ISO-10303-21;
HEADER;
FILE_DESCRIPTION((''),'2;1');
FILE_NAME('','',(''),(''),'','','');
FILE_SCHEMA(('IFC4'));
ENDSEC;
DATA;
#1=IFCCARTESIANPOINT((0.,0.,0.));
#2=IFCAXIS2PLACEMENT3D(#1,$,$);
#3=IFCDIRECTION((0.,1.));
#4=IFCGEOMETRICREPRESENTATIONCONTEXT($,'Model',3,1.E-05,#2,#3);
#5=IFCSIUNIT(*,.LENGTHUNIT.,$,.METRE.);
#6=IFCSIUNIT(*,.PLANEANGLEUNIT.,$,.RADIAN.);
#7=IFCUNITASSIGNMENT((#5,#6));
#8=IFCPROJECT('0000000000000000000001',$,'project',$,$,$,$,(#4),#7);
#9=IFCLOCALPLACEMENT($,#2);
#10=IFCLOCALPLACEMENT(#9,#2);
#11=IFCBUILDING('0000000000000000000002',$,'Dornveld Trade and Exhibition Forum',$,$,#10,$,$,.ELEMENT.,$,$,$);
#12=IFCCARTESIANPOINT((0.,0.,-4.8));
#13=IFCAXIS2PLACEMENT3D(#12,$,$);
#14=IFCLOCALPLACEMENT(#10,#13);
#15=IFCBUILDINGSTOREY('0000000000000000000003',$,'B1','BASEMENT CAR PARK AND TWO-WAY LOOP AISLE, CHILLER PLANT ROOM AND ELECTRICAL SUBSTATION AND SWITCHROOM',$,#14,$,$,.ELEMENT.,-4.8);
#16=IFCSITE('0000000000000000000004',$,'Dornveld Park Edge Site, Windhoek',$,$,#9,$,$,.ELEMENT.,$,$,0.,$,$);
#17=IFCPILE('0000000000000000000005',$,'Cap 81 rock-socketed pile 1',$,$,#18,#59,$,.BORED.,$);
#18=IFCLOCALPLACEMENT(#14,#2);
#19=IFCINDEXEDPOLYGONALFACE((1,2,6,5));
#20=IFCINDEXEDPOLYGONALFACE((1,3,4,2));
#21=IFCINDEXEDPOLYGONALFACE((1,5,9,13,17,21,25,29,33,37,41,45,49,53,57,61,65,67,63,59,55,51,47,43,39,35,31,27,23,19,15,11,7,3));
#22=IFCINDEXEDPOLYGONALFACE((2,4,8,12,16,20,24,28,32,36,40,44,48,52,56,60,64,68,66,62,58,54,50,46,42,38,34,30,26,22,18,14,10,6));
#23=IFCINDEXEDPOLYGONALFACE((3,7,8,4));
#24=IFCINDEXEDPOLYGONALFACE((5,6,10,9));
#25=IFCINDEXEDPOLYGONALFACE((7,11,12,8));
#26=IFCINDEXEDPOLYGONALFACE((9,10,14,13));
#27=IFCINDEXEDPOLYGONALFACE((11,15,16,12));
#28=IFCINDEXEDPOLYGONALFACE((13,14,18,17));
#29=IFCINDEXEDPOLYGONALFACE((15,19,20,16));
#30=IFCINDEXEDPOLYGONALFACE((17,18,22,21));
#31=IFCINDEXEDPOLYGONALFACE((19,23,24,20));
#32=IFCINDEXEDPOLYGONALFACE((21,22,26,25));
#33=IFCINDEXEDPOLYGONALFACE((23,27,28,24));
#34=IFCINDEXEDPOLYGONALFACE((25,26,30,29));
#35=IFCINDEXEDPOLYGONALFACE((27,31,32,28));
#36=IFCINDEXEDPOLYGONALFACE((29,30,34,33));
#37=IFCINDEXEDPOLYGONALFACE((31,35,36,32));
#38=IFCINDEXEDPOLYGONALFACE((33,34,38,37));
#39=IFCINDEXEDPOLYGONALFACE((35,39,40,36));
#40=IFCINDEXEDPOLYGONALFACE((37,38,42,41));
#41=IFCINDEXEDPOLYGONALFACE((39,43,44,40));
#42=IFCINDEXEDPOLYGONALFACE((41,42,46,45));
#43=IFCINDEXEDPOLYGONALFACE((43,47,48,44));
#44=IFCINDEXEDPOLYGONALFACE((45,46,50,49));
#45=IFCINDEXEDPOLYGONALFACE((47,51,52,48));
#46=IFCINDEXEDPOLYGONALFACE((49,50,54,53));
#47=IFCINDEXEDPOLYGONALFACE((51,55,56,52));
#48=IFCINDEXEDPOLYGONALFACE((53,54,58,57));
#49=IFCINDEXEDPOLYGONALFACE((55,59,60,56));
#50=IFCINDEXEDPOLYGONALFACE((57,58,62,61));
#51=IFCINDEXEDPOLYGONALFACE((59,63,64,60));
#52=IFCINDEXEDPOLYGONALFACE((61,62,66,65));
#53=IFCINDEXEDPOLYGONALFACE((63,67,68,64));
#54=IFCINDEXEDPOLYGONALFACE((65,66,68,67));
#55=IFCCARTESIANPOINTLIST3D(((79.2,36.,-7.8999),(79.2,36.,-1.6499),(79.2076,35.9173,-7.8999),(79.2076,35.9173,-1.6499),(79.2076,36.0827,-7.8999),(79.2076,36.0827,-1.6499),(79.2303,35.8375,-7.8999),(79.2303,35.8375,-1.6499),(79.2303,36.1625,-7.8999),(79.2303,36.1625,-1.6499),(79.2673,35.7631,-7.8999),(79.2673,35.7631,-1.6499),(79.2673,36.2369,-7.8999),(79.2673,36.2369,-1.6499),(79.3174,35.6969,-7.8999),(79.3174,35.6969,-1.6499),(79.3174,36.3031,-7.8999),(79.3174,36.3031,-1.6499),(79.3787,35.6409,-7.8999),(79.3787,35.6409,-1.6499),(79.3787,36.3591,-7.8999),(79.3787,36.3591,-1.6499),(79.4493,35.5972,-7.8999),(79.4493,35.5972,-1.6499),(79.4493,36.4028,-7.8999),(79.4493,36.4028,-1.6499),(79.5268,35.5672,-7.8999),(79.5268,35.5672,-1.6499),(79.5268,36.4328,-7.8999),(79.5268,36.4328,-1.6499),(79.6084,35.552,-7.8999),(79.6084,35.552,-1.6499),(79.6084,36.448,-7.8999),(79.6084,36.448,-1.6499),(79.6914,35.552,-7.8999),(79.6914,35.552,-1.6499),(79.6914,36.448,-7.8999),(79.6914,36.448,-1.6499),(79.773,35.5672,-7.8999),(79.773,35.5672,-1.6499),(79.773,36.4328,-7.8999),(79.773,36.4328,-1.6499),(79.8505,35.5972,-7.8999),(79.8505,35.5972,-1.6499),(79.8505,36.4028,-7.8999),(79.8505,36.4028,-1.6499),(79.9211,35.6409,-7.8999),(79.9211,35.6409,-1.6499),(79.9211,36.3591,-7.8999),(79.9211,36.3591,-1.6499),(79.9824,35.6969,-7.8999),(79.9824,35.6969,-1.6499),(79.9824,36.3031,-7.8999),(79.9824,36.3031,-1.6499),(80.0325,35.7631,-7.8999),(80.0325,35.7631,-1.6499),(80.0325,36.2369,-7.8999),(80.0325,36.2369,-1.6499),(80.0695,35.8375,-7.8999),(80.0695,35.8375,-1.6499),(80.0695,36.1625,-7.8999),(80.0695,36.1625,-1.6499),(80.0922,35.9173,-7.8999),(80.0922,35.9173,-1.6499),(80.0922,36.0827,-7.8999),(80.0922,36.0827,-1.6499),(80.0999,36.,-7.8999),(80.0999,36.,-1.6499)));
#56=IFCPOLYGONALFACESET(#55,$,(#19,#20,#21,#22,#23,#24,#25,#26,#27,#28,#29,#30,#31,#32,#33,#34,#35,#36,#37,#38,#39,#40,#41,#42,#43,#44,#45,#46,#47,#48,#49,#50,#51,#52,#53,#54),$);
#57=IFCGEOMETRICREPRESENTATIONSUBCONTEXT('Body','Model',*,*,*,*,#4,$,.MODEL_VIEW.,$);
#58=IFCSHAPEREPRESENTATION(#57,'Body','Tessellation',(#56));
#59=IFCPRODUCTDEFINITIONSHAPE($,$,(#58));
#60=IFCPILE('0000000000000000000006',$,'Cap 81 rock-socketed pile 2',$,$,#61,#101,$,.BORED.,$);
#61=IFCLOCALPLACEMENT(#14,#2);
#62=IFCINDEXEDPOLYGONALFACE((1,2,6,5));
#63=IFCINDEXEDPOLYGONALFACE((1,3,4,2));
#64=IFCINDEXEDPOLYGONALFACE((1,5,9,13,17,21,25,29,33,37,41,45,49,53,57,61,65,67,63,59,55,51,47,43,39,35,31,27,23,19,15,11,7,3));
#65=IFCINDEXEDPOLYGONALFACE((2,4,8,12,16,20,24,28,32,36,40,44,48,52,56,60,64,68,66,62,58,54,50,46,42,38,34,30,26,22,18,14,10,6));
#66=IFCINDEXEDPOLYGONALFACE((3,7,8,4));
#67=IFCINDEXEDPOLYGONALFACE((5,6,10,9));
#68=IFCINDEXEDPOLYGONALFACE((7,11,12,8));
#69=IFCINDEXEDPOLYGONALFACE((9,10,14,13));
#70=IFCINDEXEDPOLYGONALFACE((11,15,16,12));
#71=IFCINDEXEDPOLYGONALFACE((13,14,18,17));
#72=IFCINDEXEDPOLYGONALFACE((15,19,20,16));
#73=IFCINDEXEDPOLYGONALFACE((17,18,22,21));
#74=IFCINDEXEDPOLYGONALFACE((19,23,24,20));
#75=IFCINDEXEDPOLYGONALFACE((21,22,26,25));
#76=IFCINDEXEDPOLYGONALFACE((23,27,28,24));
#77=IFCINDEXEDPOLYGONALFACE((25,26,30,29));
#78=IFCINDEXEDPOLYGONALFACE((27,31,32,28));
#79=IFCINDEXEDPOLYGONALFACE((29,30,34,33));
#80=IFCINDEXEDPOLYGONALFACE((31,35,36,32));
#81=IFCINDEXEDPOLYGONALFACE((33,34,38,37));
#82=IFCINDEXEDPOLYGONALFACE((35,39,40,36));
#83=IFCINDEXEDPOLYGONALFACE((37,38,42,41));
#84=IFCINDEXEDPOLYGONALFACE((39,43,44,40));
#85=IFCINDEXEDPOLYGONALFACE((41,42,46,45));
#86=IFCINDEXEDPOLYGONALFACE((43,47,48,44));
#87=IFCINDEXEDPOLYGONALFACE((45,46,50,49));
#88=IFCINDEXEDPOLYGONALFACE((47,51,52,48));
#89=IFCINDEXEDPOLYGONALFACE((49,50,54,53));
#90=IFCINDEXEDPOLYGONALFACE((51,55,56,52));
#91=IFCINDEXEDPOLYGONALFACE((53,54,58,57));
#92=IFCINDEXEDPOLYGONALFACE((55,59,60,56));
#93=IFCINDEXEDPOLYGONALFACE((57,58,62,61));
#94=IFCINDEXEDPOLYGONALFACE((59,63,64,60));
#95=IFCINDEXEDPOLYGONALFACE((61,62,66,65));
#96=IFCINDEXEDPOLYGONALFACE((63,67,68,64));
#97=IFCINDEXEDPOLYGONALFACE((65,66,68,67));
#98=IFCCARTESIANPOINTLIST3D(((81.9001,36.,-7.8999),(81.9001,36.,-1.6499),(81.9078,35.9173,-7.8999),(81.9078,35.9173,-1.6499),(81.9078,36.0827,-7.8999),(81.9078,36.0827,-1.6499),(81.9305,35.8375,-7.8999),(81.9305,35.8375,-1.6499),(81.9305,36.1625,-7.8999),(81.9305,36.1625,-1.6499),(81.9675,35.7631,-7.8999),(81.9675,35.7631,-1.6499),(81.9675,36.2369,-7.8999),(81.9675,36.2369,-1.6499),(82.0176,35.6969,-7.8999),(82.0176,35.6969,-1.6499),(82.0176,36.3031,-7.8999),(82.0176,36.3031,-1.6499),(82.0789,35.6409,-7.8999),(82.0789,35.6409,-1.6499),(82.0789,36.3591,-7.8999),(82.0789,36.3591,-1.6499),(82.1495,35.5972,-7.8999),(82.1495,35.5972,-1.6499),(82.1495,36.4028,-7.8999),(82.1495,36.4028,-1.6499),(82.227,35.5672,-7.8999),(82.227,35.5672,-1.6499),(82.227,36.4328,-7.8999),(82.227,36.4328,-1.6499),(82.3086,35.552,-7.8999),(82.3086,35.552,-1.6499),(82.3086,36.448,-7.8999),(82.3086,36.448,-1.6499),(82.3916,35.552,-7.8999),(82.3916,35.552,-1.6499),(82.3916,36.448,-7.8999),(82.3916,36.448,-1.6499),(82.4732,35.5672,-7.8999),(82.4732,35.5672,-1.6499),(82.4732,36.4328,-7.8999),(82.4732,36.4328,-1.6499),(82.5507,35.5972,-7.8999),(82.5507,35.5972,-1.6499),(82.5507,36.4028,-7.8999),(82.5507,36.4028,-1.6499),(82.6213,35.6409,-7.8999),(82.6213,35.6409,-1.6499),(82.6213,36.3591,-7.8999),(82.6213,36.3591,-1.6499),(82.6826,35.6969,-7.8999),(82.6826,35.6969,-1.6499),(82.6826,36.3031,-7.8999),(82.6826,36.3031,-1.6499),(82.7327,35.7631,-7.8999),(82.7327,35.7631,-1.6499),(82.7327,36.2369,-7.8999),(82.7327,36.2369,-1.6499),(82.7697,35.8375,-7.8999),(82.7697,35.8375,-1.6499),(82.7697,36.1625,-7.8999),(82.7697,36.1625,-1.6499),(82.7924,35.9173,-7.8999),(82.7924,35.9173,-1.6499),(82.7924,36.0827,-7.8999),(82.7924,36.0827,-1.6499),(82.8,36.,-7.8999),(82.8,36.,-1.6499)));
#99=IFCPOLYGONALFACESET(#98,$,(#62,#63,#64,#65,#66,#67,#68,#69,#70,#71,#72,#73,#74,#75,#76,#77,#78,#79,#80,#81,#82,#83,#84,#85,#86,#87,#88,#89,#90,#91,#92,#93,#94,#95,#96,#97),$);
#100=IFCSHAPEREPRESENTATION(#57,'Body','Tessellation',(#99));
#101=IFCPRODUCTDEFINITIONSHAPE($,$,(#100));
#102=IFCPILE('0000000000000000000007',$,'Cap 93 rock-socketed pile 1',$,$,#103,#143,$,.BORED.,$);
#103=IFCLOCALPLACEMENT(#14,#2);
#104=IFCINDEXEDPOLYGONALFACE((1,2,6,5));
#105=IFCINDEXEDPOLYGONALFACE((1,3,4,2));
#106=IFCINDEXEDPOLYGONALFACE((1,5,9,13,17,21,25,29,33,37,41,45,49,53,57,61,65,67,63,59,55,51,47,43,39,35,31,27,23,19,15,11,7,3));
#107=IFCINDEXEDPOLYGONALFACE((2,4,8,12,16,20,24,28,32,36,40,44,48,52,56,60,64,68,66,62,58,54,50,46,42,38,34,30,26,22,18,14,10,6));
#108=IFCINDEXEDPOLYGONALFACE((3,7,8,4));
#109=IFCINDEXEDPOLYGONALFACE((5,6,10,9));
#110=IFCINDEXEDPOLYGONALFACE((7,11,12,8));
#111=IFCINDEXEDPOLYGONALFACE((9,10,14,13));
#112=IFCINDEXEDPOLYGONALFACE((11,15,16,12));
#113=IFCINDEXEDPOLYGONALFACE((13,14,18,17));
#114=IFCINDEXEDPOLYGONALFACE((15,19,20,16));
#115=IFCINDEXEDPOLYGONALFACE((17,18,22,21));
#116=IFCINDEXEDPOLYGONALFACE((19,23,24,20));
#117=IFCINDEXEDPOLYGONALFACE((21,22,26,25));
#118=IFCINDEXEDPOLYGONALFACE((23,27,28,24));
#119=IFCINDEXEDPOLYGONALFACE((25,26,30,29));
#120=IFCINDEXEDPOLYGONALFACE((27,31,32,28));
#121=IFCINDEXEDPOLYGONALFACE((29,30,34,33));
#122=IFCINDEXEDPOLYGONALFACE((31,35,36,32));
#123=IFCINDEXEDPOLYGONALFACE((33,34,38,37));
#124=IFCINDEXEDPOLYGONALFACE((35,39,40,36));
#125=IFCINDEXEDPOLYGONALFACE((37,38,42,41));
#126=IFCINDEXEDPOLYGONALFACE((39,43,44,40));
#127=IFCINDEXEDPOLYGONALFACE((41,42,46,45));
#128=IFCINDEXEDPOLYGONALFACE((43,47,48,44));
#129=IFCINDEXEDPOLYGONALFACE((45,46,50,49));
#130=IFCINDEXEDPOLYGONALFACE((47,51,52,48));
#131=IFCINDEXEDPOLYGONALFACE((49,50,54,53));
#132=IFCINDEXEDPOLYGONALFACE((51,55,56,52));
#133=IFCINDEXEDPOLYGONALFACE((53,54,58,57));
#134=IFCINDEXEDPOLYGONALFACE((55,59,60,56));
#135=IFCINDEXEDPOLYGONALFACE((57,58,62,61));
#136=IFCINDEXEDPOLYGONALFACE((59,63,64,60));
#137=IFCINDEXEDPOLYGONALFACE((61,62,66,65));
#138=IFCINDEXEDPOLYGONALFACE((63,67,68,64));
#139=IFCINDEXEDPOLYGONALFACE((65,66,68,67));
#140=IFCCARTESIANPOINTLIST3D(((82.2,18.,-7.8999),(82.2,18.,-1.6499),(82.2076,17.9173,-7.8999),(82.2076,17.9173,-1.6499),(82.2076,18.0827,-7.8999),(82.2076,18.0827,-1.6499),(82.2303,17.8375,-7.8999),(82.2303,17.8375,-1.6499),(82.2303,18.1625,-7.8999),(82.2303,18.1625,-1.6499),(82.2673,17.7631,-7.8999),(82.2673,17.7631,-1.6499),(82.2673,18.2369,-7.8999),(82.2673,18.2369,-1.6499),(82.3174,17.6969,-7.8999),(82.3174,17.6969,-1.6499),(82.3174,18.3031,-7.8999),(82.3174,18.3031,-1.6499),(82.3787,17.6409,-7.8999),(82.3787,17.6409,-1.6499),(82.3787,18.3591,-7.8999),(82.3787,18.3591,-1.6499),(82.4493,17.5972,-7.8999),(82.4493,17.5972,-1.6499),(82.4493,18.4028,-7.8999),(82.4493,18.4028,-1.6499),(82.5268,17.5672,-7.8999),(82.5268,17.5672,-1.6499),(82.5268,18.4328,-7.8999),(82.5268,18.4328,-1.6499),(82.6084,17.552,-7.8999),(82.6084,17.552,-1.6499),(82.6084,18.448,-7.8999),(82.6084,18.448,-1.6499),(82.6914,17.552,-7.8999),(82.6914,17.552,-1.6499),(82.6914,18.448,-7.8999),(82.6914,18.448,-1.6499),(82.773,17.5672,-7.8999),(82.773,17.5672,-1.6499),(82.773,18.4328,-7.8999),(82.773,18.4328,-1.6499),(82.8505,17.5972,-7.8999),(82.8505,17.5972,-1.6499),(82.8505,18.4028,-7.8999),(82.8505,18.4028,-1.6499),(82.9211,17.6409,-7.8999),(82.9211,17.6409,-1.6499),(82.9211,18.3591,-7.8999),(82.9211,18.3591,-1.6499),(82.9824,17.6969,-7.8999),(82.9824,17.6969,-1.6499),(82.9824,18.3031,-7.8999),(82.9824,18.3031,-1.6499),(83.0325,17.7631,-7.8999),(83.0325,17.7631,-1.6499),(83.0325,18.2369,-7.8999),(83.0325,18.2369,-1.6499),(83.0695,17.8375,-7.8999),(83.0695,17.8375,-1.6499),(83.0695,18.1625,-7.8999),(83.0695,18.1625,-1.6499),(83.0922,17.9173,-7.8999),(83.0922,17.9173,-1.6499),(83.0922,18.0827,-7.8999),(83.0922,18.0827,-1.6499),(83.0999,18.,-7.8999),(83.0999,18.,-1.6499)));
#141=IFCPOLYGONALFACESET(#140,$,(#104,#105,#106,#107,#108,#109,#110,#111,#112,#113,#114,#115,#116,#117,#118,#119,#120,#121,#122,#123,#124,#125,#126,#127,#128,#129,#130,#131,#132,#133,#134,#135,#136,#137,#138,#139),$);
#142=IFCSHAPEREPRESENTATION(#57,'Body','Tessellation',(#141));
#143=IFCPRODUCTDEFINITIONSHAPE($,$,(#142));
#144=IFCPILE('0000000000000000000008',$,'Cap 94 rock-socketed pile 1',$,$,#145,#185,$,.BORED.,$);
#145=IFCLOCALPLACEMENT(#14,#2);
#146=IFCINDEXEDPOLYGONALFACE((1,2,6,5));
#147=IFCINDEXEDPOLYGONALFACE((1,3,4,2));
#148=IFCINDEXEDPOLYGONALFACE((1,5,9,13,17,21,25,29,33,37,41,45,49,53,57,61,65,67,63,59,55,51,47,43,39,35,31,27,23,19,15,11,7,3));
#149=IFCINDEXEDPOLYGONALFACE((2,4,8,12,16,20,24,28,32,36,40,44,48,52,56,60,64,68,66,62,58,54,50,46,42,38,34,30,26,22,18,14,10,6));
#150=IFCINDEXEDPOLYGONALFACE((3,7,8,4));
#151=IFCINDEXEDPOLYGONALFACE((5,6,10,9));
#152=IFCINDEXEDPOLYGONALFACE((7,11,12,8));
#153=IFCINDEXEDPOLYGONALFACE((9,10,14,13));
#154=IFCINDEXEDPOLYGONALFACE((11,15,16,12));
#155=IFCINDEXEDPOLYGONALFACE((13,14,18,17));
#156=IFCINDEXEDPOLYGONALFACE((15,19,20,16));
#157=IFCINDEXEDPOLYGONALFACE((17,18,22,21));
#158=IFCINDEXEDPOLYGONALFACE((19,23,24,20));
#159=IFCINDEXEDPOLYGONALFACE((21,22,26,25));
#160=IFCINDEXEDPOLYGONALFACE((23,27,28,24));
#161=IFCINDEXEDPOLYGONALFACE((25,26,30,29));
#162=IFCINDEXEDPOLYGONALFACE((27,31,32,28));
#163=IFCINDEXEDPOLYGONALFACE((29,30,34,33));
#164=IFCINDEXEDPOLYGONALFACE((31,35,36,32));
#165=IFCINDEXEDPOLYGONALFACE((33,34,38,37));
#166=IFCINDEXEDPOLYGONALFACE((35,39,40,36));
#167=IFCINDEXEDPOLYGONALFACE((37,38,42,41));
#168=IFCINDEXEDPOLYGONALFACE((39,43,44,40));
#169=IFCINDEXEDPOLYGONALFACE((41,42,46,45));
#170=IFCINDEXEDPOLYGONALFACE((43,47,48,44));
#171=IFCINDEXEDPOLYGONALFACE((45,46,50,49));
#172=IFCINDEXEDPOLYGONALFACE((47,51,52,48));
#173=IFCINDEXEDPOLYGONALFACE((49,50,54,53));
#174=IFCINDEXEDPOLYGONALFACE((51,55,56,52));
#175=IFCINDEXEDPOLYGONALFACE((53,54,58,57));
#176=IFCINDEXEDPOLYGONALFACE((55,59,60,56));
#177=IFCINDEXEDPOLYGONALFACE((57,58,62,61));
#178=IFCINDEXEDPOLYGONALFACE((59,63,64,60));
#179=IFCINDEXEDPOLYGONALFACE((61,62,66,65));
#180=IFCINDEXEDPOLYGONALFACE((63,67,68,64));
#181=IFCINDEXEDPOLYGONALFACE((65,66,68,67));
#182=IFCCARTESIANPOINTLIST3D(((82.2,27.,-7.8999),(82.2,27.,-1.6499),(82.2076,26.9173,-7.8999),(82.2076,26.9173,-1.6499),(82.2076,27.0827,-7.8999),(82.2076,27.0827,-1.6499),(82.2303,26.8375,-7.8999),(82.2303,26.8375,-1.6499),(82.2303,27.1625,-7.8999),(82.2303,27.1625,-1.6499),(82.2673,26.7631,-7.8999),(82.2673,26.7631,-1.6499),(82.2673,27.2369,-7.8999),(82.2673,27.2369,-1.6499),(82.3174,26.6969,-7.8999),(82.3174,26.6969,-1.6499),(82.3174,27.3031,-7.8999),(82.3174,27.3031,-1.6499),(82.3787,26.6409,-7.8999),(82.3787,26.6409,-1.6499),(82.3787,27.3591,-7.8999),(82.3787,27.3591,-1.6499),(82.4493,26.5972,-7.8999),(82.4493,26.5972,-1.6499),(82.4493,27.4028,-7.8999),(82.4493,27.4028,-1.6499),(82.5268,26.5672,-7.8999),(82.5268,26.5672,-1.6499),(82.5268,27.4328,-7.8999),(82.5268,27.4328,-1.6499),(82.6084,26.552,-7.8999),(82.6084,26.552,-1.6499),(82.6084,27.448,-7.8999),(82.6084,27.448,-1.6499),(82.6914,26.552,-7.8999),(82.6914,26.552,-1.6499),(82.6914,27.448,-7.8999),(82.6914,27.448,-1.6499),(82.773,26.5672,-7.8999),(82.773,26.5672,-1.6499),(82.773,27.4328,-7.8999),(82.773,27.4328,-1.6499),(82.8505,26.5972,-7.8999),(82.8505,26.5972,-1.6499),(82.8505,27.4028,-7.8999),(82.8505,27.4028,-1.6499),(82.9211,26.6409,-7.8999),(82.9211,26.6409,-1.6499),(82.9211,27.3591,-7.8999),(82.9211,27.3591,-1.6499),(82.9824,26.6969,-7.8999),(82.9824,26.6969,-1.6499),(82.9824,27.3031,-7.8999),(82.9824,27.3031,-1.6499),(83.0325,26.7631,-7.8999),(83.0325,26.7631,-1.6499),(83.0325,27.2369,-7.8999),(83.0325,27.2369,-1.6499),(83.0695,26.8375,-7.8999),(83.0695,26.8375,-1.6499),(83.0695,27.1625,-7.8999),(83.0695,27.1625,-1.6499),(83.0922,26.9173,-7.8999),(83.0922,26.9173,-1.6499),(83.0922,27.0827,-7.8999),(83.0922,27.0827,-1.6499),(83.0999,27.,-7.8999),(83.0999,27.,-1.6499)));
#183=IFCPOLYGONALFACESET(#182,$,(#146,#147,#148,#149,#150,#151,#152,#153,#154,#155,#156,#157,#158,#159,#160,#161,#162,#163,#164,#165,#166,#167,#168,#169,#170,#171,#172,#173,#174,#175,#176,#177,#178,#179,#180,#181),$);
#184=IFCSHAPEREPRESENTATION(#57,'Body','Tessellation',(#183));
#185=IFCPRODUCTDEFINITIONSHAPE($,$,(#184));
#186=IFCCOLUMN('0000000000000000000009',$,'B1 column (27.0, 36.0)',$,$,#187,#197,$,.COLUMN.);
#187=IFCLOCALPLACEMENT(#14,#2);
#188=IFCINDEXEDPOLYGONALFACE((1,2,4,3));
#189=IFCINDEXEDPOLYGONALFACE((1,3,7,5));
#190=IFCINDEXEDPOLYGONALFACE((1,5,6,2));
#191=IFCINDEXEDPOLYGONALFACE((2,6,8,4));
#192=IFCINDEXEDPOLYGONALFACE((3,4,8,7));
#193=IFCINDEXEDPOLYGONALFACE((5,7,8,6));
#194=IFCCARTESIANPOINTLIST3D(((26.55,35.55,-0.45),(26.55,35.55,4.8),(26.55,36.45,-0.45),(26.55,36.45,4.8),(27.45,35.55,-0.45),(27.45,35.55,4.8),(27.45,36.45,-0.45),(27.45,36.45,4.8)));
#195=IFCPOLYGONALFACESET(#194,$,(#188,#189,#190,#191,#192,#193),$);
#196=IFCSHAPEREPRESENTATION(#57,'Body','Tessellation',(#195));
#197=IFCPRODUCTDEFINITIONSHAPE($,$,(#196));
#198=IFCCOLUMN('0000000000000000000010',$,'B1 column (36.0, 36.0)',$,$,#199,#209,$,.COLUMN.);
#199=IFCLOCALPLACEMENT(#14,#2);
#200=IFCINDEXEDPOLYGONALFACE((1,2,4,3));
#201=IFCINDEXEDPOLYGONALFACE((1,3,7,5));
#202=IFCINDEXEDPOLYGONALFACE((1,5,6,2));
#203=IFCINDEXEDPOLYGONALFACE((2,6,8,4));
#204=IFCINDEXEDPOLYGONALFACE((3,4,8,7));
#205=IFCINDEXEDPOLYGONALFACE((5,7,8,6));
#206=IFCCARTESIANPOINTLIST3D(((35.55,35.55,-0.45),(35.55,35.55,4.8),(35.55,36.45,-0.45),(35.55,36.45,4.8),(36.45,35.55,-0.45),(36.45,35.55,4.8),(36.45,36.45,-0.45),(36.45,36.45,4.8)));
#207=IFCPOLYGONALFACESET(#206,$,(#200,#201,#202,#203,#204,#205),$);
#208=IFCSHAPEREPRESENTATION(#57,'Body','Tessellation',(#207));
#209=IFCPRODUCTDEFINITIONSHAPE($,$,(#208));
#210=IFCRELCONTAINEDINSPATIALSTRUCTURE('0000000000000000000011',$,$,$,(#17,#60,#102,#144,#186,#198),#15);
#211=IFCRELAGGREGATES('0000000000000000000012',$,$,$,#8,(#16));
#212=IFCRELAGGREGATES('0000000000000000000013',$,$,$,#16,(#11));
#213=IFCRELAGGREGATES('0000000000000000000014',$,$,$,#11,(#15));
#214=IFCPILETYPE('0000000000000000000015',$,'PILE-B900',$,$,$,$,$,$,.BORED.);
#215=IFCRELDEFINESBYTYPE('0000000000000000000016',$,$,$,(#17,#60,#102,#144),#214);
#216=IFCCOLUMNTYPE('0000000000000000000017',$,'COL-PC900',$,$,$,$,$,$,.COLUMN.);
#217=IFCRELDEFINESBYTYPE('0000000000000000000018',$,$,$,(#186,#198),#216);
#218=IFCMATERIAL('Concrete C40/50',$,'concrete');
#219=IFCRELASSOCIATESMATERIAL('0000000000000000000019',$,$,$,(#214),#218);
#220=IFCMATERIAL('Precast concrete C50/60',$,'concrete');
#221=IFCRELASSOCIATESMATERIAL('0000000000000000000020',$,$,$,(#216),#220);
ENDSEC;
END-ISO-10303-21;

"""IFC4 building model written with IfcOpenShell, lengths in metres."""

from ifc_helpers import new_model, si_unit, direction, frame, origin, origin_2d, place, context, subcontext, project, spatial, rectangle, circle, extrude, material, material_profile, profile_set, type_object, element, save


model = new_model("IFC4")

# Units and contexts
model_context = context("Model", 3, precision=1e-05, world=origin(), true_north=direction((0.0, 1.0)))
body_context = subcontext(model_context, "Body", "Model", "MODEL_VIEW")
ifc_project = project(units=[si_unit("LENGTHUNIT", "METRE"), si_unit("PLANEANGLEUNIT", "RADIAN")], contexts=[model_context])

# Site, building, storey
site_placement = place(None, origin())
site = spatial("IfcSite", under=ifc_project, at=site_placement, Name="Dornveld Park Edge Site, Windhoek", CompositionType="ELEMENT", RefElevation=0.0)
building_placement = place(site_placement, origin())
building = spatial("IfcBuilding", under=site, at=building_placement, Name="Dornveld Trade and Exhibition Forum", CompositionType="ELEMENT")
storey_placement = place(building_placement, frame((0.0, 0.0, -4.8)))
storey = spatial("IfcBuildingStorey", under=building, at=storey_placement, Name="B1", Description="BASEMENT CAR PARK AND TWO-WAY LOOP AISLE, CHILLER PLANT ROOM AND ELECTRICAL SUBSTATION AND SWITCHROOM", CompositionType="ELEMENT", Elevation=-4.8)

# Piles
ifc_material_1 = material(Name="Concrete C40/50", Category="concrete")
ifc_material_profile_1 = material_profile(ifc_material_1, circle(Radius=0.45, at=origin_2d()), Name="PILE D900")
ifc_profile_set_1 = profile_set([ifc_material_profile_1], Name="Concrete C40/50")
pile_type = type_object("IfcPileType", Name="PILE-B900", PredefinedType="BORED", material=ifc_profile_set_1)
for number, where, z_axis, x_axis, name in (
    (1, (79.6499, 36.0, -1.6499), (0.0, 0.0, -1.0), (1.0, 0.0, 0.0), "Cap 81 rock-socketed pile 1"),
    (2, (82.3501, 36.0, -1.6499), (0.0, 0.0, -1.0), (1.0, 0.0, 0.0), "Cap 81 rock-socketed pile 2"),
    (3, (82.6499, 18.0, -1.6499), (0.0, 0.0, -1.0), (1.0, 0.0, 0.0), "Cap 93 rock-socketed pile 1"),
    (4, (82.6499, 27.0, -1.6499), (0.0, 0.0, -1.0), (1.0, 0.0, 0.0), "Cap 94 rock-socketed pile 1"),
):
    element("IfcPile", number, at=place(storey_placement, frame(where, z_axis=z_axis, x_axis=x_axis)), inside=storey, type_object=pile_type, Name=name, PredefinedType="BORED", context=body_context, shape_type="SweptSolid", body=[
        extrude(circle(Radius=0.45, at=origin_2d()), origin(), (0.0, 0.0, 1.0), 6.25),
    ])

# Columns
ifc_material_2 = material(Name="Precast concrete C50/60", Category="concrete")
ifc_material_profile_2 = material_profile(ifc_material_2, rectangle(XDim=0.8999, YDim=0.8999, at=origin_2d()), Name="PC-COL 900x900")
ifc_profile_set_2 = profile_set([ifc_material_profile_2], Name="Precast concrete C50/60")
column_type = type_object("IfcColumnType", Name="COL-PC900", PredefinedType="COLUMN", material=ifc_profile_set_2)
for number, where, z_axis, x_axis, name in (
    (5, (27.0, 36.0, -0.45), (0.0, 0.0, 1.0), (1.0, 0.0, 0.0), "B1 column (27.0, 36.0)"),
    (6, (36.0, 36.0, -0.45), (0.0, 0.0, 1.0), (1.0, 0.0, 0.0), "B1 column (36.0, 36.0)"),
):
    element("IfcColumn", number, at=place(storey_placement, frame(where, z_axis=z_axis, x_axis=x_axis)), inside=storey, type_object=column_type, Name=name, PredefinedType="COLUMN", context=body_context, shape_type="SweptSolid", body=[
        extrude(rectangle(XDim=0.8999, YDim=0.8999, at=origin_2d()), origin(), (0.0, 0.0, 1.0), 5.25),
    ])

save(model, "model.ifc")
